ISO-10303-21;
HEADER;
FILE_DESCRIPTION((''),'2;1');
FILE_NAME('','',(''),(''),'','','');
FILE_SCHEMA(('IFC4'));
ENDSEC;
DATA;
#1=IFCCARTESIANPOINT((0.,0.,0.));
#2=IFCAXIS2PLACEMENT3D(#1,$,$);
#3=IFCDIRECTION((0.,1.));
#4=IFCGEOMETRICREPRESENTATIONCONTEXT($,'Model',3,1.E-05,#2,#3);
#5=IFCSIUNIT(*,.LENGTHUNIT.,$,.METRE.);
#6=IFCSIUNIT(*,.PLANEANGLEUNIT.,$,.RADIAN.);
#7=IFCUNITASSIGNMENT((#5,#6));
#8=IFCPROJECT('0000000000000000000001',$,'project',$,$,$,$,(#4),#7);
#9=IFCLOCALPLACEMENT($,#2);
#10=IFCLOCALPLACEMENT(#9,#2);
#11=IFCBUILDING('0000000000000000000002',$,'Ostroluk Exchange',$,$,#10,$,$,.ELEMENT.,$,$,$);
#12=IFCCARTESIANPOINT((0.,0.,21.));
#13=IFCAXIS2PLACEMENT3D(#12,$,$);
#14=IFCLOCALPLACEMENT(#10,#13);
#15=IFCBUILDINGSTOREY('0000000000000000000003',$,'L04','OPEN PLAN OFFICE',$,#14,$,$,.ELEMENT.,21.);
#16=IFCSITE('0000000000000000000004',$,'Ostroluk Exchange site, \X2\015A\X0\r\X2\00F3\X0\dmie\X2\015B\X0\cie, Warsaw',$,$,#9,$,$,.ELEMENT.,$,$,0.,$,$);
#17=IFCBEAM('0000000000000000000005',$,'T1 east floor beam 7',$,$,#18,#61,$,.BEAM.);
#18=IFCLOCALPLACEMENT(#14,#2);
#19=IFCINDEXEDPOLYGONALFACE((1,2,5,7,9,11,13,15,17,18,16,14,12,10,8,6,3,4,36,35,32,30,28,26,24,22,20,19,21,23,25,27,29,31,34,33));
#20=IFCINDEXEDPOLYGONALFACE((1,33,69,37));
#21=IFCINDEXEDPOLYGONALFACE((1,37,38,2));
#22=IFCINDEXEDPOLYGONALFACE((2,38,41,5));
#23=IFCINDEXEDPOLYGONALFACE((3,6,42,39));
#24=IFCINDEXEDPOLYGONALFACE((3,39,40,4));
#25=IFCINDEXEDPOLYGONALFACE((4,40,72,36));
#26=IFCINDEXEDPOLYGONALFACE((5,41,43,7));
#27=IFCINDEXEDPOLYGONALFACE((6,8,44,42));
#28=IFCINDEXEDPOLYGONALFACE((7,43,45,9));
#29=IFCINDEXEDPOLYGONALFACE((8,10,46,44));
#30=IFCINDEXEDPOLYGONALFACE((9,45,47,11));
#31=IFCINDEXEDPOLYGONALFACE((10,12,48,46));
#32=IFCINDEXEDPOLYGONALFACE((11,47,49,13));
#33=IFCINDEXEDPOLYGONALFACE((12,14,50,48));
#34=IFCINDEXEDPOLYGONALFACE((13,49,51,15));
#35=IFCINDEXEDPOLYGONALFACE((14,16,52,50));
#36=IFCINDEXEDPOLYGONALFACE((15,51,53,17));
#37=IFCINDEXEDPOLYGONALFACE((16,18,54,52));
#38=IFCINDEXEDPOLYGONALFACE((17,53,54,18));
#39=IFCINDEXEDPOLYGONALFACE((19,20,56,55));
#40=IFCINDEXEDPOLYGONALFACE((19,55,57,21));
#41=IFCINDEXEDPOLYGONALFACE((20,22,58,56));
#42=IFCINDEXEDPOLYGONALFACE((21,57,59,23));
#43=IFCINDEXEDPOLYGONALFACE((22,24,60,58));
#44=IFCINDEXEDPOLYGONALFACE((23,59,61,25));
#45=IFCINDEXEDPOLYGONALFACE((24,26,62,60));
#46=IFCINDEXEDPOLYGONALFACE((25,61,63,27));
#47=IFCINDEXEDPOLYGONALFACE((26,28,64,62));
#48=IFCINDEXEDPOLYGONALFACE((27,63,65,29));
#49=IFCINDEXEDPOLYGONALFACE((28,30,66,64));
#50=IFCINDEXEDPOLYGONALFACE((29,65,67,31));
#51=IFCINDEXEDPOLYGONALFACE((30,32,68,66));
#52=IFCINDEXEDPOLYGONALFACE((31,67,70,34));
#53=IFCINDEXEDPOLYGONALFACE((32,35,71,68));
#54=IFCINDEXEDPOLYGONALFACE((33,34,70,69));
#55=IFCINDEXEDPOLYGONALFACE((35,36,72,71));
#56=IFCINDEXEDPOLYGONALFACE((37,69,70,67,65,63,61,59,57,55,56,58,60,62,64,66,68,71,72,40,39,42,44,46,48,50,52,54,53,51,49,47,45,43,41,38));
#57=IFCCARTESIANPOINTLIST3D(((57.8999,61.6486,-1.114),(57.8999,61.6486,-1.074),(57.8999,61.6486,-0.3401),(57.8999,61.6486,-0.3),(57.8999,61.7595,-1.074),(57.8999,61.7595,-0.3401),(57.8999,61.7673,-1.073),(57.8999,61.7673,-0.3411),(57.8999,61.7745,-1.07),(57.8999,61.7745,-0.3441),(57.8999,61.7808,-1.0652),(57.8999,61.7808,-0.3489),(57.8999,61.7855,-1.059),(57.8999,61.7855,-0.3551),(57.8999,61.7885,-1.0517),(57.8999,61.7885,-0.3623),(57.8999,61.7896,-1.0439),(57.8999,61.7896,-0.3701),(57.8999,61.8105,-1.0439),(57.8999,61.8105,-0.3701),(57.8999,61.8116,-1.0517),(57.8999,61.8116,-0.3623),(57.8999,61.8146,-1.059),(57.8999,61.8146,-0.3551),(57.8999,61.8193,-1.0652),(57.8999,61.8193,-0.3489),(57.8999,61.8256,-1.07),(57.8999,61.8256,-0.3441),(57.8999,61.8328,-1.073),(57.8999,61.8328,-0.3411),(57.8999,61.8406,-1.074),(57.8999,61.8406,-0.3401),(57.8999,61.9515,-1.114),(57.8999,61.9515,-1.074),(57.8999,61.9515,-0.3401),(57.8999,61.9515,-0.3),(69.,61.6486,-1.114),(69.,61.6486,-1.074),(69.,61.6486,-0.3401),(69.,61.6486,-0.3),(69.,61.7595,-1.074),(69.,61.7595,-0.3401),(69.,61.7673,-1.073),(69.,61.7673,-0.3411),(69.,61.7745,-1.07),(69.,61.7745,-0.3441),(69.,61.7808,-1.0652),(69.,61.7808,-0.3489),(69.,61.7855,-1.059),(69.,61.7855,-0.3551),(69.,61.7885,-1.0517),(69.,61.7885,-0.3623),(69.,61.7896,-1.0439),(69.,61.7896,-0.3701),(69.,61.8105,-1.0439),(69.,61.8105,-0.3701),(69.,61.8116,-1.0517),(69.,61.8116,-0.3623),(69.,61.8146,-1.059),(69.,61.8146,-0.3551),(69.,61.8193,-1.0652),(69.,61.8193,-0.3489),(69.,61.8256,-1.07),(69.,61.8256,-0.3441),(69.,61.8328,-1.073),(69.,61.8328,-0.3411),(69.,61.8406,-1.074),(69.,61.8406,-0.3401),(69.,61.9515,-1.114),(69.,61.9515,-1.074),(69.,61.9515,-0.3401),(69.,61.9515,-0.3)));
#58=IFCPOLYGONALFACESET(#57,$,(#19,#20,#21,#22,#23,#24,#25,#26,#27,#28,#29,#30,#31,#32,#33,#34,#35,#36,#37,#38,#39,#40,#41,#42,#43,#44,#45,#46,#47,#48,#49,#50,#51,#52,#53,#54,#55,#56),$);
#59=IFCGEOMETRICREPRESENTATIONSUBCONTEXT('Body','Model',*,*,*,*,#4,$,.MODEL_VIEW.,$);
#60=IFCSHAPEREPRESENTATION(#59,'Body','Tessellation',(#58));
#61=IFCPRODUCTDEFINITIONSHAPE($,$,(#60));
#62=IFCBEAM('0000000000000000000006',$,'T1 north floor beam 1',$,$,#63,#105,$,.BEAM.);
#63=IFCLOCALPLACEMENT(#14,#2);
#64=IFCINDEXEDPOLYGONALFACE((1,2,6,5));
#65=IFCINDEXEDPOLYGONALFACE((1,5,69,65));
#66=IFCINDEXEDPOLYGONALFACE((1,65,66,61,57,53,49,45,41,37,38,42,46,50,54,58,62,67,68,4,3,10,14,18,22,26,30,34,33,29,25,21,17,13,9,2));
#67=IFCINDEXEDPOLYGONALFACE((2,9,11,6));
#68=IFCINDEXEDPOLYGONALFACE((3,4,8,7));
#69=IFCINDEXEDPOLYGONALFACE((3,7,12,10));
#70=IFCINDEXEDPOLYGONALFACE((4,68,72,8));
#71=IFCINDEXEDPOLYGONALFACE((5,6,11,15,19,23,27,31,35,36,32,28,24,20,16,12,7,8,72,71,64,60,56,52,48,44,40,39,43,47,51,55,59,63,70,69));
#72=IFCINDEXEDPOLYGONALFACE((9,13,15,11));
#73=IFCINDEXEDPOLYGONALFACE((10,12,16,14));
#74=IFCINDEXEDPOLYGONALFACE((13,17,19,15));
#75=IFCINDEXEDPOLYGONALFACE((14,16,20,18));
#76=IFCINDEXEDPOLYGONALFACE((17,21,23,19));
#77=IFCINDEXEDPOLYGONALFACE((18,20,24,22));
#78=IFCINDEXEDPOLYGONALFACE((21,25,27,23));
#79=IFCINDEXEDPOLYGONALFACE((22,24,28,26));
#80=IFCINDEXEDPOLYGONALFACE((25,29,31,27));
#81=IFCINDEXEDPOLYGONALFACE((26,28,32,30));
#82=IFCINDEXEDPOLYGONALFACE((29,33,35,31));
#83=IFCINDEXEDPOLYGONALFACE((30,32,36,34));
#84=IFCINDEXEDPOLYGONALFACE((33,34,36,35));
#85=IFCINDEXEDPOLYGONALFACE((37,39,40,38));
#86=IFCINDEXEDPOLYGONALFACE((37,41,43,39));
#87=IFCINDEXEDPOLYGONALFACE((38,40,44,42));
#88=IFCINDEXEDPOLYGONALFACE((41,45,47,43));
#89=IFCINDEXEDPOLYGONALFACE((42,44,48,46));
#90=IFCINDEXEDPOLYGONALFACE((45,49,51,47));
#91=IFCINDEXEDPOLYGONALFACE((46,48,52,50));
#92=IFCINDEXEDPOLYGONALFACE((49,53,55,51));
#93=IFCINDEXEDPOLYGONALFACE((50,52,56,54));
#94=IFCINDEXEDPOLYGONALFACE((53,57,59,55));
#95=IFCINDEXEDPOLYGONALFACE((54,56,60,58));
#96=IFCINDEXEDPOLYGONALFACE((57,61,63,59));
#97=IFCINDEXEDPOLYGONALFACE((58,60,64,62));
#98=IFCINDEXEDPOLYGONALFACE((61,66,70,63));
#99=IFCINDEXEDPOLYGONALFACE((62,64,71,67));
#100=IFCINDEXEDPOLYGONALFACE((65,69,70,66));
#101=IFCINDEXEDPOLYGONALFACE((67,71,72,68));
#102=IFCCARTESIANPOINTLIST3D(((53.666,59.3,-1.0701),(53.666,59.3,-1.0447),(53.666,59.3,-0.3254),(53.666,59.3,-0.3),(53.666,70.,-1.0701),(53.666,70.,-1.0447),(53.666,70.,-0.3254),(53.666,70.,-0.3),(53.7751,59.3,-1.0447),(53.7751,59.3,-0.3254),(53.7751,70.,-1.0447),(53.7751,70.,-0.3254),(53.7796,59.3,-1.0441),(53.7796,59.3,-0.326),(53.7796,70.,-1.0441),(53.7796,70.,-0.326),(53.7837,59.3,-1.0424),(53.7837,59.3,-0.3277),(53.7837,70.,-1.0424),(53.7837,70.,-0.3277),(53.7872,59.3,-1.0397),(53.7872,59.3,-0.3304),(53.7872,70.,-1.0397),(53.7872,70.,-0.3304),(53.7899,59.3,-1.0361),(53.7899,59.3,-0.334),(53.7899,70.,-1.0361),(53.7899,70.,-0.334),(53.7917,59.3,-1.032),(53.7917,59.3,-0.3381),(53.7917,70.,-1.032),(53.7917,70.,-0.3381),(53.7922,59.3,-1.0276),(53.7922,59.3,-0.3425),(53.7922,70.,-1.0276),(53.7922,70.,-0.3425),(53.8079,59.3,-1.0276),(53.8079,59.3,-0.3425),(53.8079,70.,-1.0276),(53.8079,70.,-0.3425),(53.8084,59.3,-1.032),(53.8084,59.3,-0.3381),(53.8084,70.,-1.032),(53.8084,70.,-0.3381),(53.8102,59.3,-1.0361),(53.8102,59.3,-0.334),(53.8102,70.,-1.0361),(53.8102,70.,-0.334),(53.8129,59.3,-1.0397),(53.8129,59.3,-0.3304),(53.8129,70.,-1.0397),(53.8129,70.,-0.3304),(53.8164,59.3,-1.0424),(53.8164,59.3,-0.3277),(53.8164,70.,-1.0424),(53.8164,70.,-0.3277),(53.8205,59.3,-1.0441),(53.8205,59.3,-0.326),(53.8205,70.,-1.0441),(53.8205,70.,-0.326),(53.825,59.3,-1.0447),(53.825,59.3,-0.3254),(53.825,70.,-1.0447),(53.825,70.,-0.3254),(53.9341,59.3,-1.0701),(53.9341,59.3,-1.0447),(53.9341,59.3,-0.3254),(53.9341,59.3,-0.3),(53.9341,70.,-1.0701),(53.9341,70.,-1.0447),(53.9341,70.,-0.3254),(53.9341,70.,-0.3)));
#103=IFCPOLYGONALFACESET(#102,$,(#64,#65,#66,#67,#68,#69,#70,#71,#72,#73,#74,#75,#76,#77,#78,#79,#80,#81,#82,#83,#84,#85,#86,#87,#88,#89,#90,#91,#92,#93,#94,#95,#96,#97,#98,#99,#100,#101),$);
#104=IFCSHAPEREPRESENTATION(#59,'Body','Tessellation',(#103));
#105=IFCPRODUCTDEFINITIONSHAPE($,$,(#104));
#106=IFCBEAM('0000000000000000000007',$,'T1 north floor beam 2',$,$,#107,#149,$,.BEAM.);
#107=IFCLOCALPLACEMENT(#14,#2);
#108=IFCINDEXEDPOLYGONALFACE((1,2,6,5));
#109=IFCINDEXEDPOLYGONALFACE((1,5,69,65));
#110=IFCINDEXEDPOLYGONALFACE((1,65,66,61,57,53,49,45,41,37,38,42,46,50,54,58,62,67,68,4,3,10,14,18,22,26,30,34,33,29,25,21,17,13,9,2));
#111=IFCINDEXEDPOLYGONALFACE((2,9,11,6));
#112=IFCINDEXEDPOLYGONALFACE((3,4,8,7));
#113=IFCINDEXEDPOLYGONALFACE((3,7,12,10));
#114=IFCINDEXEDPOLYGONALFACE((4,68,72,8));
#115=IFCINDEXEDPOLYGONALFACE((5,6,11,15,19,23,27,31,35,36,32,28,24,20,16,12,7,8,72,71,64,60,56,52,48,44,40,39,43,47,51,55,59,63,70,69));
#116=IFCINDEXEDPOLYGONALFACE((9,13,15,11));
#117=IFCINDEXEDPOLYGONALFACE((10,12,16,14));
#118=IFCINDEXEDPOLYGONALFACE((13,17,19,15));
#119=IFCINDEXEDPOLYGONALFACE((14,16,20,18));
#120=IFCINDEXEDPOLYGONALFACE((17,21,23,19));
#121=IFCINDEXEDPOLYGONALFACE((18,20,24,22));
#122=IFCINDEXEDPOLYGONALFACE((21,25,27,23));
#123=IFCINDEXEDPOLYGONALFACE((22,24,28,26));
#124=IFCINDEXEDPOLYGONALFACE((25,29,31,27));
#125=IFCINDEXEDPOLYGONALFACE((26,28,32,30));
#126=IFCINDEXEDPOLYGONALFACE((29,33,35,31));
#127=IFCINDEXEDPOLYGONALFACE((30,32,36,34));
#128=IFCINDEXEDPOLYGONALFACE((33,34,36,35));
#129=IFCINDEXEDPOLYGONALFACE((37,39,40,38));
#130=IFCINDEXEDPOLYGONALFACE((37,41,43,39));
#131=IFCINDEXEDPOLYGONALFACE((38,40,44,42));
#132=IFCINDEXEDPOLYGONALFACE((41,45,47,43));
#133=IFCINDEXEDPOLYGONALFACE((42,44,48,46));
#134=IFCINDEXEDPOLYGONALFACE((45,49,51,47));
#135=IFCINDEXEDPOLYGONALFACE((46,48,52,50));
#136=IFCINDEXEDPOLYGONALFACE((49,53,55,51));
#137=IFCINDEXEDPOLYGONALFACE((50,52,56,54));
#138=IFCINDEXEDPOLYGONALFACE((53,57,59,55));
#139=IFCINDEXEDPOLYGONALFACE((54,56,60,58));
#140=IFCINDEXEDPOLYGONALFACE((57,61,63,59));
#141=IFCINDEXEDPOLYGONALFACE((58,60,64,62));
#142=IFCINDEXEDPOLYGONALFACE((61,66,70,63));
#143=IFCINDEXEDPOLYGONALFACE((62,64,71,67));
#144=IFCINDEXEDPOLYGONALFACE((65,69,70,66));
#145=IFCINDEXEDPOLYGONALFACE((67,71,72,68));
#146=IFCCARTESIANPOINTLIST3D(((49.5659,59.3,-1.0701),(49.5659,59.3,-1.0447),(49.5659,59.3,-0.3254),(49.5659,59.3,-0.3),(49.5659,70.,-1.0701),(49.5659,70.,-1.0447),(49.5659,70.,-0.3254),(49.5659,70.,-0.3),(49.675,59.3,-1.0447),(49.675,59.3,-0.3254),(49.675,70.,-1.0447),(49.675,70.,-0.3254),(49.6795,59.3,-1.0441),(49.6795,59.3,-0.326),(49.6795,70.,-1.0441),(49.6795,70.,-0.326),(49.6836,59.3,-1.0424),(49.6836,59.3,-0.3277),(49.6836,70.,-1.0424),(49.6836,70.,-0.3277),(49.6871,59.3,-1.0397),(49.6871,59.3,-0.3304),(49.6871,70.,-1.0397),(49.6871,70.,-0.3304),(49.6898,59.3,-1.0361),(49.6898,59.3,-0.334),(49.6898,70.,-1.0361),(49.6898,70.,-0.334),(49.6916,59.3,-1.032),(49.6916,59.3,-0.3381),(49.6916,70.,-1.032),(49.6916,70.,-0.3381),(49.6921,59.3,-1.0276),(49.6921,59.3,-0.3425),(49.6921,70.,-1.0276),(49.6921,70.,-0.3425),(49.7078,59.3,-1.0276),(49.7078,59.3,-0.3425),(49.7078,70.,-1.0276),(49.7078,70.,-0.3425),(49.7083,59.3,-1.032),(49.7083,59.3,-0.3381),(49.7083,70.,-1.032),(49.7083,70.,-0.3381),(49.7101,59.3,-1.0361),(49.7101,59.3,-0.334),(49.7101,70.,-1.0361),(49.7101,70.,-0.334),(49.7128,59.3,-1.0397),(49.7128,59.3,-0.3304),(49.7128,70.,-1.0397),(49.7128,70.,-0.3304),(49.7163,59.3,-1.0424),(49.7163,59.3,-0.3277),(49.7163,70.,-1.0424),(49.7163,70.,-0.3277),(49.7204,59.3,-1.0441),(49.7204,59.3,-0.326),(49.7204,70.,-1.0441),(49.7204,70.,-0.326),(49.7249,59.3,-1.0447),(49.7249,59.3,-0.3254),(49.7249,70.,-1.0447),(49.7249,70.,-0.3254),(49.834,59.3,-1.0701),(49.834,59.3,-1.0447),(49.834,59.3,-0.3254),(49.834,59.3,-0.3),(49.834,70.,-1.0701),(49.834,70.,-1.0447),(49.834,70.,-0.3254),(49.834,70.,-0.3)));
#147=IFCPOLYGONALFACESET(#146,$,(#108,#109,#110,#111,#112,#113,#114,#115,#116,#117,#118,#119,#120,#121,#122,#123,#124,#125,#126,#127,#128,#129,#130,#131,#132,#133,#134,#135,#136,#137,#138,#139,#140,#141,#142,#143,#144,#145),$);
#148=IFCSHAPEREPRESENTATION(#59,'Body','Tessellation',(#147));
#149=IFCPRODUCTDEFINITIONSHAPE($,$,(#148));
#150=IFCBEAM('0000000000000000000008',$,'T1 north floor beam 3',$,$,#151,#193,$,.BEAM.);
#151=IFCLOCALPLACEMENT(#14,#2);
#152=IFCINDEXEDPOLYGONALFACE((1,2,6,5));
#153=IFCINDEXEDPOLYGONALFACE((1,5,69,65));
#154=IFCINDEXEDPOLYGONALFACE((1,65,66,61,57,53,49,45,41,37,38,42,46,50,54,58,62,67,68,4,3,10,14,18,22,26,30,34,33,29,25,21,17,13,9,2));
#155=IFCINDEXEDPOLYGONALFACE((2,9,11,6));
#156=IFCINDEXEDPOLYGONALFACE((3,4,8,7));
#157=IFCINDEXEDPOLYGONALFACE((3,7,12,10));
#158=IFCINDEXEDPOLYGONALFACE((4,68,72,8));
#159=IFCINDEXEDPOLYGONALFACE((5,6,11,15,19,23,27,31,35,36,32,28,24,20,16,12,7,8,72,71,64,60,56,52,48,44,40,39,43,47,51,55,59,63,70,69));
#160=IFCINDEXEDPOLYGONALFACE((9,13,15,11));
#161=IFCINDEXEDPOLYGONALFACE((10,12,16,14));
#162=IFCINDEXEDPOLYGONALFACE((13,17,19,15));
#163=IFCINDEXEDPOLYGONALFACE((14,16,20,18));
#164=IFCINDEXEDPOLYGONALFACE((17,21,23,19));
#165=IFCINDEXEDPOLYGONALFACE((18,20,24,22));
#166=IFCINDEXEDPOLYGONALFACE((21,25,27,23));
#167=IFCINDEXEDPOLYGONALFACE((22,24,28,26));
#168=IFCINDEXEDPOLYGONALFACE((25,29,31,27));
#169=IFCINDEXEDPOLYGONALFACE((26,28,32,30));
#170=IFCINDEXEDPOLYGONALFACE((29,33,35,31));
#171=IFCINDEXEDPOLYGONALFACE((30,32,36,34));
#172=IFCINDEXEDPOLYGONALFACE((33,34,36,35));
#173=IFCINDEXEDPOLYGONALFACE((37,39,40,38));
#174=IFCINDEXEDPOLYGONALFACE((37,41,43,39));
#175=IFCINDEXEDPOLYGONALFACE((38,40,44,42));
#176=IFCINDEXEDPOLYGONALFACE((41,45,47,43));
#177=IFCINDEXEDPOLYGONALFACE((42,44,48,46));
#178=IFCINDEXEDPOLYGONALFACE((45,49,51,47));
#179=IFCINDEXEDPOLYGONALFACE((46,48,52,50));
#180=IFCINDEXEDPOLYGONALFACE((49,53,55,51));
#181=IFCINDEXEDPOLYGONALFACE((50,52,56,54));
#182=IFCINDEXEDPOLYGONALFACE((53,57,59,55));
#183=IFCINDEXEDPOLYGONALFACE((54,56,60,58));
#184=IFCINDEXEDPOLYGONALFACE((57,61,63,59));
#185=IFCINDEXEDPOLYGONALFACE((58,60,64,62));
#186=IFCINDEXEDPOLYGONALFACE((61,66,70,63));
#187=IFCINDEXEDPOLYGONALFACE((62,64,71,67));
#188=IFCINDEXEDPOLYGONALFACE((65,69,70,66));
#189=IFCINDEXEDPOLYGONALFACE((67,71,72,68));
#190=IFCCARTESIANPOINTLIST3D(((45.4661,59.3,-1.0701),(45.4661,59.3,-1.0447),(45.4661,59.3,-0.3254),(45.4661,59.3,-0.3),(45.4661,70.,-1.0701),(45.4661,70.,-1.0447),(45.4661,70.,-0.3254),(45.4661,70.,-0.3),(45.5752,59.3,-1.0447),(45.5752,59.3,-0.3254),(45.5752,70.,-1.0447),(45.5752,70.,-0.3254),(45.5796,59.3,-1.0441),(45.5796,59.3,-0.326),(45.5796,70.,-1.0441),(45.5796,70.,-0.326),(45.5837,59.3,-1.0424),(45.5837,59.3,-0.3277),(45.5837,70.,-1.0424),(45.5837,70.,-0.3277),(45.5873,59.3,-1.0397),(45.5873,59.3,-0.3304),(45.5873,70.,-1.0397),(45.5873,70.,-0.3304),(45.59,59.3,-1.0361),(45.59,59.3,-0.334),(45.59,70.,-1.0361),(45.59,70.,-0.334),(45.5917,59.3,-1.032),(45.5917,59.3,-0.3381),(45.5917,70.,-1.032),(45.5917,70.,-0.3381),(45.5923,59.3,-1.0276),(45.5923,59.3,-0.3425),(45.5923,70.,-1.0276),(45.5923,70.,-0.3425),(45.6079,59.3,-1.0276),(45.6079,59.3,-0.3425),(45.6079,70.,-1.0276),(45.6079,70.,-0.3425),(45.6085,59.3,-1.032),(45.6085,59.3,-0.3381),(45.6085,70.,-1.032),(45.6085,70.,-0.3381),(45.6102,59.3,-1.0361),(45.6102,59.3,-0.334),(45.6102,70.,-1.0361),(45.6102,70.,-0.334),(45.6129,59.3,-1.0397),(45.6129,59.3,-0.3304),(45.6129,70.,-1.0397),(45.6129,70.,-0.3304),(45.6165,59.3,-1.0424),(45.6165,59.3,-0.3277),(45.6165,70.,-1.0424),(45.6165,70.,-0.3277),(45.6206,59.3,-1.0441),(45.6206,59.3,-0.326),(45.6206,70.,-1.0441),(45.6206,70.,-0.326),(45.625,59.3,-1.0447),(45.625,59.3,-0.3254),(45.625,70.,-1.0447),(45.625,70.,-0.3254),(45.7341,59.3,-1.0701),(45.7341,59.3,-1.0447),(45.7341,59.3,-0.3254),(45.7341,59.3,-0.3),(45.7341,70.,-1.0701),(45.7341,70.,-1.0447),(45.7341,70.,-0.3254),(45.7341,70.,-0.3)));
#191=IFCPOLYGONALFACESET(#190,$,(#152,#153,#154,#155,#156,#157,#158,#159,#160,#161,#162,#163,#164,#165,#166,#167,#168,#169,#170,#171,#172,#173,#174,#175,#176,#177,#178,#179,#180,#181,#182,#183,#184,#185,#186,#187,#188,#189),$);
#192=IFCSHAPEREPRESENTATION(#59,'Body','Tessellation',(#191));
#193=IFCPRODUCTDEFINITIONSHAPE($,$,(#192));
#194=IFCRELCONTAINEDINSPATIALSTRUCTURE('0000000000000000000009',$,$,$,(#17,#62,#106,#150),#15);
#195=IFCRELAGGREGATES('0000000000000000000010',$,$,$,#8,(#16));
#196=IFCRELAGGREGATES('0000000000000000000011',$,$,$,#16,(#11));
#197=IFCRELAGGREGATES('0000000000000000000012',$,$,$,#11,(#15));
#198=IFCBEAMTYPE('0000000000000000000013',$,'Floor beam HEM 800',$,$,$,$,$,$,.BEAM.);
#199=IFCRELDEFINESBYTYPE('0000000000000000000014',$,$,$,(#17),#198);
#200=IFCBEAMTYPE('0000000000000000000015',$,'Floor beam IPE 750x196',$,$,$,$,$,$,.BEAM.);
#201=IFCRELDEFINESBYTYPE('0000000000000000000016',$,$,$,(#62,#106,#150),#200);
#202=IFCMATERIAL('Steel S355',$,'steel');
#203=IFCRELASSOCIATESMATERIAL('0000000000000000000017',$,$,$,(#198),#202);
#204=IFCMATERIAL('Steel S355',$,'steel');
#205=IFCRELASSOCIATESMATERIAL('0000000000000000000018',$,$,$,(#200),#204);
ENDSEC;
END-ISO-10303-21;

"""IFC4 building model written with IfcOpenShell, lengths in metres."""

from ifc_helpers import new_model, si_unit, direction, frame, origin, origin_2d, place, context, subcontext, project, spatial, i_section, extrude, material, material_profile, profile_set, type_object, element, save


model = new_model("IFC4")

# Units and contexts
model_context = context("Model", 3, precision=1e-05, world=origin(), true_north=direction((0.0, 1.0)))
body_context = subcontext(model_context, "Body", "Model", "MODEL_VIEW")
ifc_project = project(units=[si_unit("LENGTHUNIT", "METRE"), si_unit("PLANEANGLEUNIT", "RADIAN")], contexts=[model_context])

# Site, building, storey
site_placement = place(None, origin())
site = spatial("IfcSite", under=ifc_project, at=site_placement, Name="Ostroluk Exchange site, Śródmieście, Warsaw", CompositionType="ELEMENT", RefElevation=0.0)
building_placement = place(site_placement, origin())
building = spatial("IfcBuilding", under=site, at=building_placement, Name="Ostroluk Exchange", CompositionType="ELEMENT")
storey_placement = place(building_placement, frame((0.0, 0.0, 21.0)))
storey = spatial("IfcBuildingStorey", under=building, at=storey_placement, Name="L04", Description="OPEN PLAN OFFICE", CompositionType="ELEMENT", Elevation=21.0)

# Beams
ifc_material_1 = material(Name="Steel S355", Category="steel")
ifc_material_profile_1 = material_profile(ifc_material_1, i_section(OverallWidth=0.303, OverallDepth=0.814, WebThickness=0.021, FlangeThickness=0.04, FilletRadius=0.03, at=origin_2d()), Name="HEM 800")
ifc_profile_set_1 = profile_set([ifc_material_profile_1], Name="Steel S355")
beam_type_1 = type_object("IfcBeamType", Name="Floor beam HEM 800", PredefinedType="BEAM", material=ifc_profile_set_1)
beam_1_placement = place(storey_placement, frame((57.8999, 61.8, -0.707), z_axis=(1.0, 0.0, 0.0), x_axis=(0.0, 1.0, 0.0)))
element("IfcBeam", 1, at=beam_1_placement, inside=storey, type_object=beam_type_1, Name="T1 east floor beam 7", PredefinedType="BEAM", context=body_context, shape_type="SweptSolid", body=[
    extrude(i_section(OverallWidth=0.303, OverallDepth=0.814, WebThickness=0.021, FlangeThickness=0.04, FilletRadius=0.03, at=origin_2d()), origin(), (0.0, 0.0, 1.0), 11.1001),
])
ifc_material_2 = material(Name="Steel S355", Category="steel")
ifc_material_profile_2 = material_profile(ifc_material_2, i_section(OverallWidth=0.2681, OverallDepth=0.77, WebThickness=0.0156, FlangeThickness=0.0254, FilletRadius=0.0171, at=origin_2d()), Name="IPE 750x196")
ifc_profile_set_2 = profile_set([ifc_material_profile_2], Name="Steel S355")
beam_type_2 = type_object("IfcBeamType", Name="Floor beam IPE 750x196", PredefinedType="BEAM", material=ifc_profile_set_2)
for number, where, z_axis, x_axis, name in (
    (2, (53.8, 59.3, -0.6851), (0.0, 1.0, 0.0), (-1.0, 0.0, 0.0), "T1 north floor beam 1"),
    (3, (49.7, 59.3, -0.6851), (0.0, 1.0, 0.0), (-1.0, 0.0, 0.0), "T1 north floor beam 2"),
    (4, (45.6001, 59.3, -0.6851), (0.0, 1.0, 0.0), (-1.0, 0.0, 0.0), "T1 north floor beam 3"),
):
    element("IfcBeam", number, at=place(storey_placement, frame(where, z_axis=z_axis, x_axis=x_axis)), inside=storey, type_object=beam_type_2, Name=name, PredefinedType="BEAM", context=body_context, shape_type="SweptSolid", body=[
        extrude(i_section(OverallWidth=0.2681, OverallDepth=0.77, WebThickness=0.0156, FlangeThickness=0.0254, FilletRadius=0.0171, at=origin_2d()), origin(), (0.0, 0.0, 1.0), 10.7),
    ])

save(model, "model.ifc")
